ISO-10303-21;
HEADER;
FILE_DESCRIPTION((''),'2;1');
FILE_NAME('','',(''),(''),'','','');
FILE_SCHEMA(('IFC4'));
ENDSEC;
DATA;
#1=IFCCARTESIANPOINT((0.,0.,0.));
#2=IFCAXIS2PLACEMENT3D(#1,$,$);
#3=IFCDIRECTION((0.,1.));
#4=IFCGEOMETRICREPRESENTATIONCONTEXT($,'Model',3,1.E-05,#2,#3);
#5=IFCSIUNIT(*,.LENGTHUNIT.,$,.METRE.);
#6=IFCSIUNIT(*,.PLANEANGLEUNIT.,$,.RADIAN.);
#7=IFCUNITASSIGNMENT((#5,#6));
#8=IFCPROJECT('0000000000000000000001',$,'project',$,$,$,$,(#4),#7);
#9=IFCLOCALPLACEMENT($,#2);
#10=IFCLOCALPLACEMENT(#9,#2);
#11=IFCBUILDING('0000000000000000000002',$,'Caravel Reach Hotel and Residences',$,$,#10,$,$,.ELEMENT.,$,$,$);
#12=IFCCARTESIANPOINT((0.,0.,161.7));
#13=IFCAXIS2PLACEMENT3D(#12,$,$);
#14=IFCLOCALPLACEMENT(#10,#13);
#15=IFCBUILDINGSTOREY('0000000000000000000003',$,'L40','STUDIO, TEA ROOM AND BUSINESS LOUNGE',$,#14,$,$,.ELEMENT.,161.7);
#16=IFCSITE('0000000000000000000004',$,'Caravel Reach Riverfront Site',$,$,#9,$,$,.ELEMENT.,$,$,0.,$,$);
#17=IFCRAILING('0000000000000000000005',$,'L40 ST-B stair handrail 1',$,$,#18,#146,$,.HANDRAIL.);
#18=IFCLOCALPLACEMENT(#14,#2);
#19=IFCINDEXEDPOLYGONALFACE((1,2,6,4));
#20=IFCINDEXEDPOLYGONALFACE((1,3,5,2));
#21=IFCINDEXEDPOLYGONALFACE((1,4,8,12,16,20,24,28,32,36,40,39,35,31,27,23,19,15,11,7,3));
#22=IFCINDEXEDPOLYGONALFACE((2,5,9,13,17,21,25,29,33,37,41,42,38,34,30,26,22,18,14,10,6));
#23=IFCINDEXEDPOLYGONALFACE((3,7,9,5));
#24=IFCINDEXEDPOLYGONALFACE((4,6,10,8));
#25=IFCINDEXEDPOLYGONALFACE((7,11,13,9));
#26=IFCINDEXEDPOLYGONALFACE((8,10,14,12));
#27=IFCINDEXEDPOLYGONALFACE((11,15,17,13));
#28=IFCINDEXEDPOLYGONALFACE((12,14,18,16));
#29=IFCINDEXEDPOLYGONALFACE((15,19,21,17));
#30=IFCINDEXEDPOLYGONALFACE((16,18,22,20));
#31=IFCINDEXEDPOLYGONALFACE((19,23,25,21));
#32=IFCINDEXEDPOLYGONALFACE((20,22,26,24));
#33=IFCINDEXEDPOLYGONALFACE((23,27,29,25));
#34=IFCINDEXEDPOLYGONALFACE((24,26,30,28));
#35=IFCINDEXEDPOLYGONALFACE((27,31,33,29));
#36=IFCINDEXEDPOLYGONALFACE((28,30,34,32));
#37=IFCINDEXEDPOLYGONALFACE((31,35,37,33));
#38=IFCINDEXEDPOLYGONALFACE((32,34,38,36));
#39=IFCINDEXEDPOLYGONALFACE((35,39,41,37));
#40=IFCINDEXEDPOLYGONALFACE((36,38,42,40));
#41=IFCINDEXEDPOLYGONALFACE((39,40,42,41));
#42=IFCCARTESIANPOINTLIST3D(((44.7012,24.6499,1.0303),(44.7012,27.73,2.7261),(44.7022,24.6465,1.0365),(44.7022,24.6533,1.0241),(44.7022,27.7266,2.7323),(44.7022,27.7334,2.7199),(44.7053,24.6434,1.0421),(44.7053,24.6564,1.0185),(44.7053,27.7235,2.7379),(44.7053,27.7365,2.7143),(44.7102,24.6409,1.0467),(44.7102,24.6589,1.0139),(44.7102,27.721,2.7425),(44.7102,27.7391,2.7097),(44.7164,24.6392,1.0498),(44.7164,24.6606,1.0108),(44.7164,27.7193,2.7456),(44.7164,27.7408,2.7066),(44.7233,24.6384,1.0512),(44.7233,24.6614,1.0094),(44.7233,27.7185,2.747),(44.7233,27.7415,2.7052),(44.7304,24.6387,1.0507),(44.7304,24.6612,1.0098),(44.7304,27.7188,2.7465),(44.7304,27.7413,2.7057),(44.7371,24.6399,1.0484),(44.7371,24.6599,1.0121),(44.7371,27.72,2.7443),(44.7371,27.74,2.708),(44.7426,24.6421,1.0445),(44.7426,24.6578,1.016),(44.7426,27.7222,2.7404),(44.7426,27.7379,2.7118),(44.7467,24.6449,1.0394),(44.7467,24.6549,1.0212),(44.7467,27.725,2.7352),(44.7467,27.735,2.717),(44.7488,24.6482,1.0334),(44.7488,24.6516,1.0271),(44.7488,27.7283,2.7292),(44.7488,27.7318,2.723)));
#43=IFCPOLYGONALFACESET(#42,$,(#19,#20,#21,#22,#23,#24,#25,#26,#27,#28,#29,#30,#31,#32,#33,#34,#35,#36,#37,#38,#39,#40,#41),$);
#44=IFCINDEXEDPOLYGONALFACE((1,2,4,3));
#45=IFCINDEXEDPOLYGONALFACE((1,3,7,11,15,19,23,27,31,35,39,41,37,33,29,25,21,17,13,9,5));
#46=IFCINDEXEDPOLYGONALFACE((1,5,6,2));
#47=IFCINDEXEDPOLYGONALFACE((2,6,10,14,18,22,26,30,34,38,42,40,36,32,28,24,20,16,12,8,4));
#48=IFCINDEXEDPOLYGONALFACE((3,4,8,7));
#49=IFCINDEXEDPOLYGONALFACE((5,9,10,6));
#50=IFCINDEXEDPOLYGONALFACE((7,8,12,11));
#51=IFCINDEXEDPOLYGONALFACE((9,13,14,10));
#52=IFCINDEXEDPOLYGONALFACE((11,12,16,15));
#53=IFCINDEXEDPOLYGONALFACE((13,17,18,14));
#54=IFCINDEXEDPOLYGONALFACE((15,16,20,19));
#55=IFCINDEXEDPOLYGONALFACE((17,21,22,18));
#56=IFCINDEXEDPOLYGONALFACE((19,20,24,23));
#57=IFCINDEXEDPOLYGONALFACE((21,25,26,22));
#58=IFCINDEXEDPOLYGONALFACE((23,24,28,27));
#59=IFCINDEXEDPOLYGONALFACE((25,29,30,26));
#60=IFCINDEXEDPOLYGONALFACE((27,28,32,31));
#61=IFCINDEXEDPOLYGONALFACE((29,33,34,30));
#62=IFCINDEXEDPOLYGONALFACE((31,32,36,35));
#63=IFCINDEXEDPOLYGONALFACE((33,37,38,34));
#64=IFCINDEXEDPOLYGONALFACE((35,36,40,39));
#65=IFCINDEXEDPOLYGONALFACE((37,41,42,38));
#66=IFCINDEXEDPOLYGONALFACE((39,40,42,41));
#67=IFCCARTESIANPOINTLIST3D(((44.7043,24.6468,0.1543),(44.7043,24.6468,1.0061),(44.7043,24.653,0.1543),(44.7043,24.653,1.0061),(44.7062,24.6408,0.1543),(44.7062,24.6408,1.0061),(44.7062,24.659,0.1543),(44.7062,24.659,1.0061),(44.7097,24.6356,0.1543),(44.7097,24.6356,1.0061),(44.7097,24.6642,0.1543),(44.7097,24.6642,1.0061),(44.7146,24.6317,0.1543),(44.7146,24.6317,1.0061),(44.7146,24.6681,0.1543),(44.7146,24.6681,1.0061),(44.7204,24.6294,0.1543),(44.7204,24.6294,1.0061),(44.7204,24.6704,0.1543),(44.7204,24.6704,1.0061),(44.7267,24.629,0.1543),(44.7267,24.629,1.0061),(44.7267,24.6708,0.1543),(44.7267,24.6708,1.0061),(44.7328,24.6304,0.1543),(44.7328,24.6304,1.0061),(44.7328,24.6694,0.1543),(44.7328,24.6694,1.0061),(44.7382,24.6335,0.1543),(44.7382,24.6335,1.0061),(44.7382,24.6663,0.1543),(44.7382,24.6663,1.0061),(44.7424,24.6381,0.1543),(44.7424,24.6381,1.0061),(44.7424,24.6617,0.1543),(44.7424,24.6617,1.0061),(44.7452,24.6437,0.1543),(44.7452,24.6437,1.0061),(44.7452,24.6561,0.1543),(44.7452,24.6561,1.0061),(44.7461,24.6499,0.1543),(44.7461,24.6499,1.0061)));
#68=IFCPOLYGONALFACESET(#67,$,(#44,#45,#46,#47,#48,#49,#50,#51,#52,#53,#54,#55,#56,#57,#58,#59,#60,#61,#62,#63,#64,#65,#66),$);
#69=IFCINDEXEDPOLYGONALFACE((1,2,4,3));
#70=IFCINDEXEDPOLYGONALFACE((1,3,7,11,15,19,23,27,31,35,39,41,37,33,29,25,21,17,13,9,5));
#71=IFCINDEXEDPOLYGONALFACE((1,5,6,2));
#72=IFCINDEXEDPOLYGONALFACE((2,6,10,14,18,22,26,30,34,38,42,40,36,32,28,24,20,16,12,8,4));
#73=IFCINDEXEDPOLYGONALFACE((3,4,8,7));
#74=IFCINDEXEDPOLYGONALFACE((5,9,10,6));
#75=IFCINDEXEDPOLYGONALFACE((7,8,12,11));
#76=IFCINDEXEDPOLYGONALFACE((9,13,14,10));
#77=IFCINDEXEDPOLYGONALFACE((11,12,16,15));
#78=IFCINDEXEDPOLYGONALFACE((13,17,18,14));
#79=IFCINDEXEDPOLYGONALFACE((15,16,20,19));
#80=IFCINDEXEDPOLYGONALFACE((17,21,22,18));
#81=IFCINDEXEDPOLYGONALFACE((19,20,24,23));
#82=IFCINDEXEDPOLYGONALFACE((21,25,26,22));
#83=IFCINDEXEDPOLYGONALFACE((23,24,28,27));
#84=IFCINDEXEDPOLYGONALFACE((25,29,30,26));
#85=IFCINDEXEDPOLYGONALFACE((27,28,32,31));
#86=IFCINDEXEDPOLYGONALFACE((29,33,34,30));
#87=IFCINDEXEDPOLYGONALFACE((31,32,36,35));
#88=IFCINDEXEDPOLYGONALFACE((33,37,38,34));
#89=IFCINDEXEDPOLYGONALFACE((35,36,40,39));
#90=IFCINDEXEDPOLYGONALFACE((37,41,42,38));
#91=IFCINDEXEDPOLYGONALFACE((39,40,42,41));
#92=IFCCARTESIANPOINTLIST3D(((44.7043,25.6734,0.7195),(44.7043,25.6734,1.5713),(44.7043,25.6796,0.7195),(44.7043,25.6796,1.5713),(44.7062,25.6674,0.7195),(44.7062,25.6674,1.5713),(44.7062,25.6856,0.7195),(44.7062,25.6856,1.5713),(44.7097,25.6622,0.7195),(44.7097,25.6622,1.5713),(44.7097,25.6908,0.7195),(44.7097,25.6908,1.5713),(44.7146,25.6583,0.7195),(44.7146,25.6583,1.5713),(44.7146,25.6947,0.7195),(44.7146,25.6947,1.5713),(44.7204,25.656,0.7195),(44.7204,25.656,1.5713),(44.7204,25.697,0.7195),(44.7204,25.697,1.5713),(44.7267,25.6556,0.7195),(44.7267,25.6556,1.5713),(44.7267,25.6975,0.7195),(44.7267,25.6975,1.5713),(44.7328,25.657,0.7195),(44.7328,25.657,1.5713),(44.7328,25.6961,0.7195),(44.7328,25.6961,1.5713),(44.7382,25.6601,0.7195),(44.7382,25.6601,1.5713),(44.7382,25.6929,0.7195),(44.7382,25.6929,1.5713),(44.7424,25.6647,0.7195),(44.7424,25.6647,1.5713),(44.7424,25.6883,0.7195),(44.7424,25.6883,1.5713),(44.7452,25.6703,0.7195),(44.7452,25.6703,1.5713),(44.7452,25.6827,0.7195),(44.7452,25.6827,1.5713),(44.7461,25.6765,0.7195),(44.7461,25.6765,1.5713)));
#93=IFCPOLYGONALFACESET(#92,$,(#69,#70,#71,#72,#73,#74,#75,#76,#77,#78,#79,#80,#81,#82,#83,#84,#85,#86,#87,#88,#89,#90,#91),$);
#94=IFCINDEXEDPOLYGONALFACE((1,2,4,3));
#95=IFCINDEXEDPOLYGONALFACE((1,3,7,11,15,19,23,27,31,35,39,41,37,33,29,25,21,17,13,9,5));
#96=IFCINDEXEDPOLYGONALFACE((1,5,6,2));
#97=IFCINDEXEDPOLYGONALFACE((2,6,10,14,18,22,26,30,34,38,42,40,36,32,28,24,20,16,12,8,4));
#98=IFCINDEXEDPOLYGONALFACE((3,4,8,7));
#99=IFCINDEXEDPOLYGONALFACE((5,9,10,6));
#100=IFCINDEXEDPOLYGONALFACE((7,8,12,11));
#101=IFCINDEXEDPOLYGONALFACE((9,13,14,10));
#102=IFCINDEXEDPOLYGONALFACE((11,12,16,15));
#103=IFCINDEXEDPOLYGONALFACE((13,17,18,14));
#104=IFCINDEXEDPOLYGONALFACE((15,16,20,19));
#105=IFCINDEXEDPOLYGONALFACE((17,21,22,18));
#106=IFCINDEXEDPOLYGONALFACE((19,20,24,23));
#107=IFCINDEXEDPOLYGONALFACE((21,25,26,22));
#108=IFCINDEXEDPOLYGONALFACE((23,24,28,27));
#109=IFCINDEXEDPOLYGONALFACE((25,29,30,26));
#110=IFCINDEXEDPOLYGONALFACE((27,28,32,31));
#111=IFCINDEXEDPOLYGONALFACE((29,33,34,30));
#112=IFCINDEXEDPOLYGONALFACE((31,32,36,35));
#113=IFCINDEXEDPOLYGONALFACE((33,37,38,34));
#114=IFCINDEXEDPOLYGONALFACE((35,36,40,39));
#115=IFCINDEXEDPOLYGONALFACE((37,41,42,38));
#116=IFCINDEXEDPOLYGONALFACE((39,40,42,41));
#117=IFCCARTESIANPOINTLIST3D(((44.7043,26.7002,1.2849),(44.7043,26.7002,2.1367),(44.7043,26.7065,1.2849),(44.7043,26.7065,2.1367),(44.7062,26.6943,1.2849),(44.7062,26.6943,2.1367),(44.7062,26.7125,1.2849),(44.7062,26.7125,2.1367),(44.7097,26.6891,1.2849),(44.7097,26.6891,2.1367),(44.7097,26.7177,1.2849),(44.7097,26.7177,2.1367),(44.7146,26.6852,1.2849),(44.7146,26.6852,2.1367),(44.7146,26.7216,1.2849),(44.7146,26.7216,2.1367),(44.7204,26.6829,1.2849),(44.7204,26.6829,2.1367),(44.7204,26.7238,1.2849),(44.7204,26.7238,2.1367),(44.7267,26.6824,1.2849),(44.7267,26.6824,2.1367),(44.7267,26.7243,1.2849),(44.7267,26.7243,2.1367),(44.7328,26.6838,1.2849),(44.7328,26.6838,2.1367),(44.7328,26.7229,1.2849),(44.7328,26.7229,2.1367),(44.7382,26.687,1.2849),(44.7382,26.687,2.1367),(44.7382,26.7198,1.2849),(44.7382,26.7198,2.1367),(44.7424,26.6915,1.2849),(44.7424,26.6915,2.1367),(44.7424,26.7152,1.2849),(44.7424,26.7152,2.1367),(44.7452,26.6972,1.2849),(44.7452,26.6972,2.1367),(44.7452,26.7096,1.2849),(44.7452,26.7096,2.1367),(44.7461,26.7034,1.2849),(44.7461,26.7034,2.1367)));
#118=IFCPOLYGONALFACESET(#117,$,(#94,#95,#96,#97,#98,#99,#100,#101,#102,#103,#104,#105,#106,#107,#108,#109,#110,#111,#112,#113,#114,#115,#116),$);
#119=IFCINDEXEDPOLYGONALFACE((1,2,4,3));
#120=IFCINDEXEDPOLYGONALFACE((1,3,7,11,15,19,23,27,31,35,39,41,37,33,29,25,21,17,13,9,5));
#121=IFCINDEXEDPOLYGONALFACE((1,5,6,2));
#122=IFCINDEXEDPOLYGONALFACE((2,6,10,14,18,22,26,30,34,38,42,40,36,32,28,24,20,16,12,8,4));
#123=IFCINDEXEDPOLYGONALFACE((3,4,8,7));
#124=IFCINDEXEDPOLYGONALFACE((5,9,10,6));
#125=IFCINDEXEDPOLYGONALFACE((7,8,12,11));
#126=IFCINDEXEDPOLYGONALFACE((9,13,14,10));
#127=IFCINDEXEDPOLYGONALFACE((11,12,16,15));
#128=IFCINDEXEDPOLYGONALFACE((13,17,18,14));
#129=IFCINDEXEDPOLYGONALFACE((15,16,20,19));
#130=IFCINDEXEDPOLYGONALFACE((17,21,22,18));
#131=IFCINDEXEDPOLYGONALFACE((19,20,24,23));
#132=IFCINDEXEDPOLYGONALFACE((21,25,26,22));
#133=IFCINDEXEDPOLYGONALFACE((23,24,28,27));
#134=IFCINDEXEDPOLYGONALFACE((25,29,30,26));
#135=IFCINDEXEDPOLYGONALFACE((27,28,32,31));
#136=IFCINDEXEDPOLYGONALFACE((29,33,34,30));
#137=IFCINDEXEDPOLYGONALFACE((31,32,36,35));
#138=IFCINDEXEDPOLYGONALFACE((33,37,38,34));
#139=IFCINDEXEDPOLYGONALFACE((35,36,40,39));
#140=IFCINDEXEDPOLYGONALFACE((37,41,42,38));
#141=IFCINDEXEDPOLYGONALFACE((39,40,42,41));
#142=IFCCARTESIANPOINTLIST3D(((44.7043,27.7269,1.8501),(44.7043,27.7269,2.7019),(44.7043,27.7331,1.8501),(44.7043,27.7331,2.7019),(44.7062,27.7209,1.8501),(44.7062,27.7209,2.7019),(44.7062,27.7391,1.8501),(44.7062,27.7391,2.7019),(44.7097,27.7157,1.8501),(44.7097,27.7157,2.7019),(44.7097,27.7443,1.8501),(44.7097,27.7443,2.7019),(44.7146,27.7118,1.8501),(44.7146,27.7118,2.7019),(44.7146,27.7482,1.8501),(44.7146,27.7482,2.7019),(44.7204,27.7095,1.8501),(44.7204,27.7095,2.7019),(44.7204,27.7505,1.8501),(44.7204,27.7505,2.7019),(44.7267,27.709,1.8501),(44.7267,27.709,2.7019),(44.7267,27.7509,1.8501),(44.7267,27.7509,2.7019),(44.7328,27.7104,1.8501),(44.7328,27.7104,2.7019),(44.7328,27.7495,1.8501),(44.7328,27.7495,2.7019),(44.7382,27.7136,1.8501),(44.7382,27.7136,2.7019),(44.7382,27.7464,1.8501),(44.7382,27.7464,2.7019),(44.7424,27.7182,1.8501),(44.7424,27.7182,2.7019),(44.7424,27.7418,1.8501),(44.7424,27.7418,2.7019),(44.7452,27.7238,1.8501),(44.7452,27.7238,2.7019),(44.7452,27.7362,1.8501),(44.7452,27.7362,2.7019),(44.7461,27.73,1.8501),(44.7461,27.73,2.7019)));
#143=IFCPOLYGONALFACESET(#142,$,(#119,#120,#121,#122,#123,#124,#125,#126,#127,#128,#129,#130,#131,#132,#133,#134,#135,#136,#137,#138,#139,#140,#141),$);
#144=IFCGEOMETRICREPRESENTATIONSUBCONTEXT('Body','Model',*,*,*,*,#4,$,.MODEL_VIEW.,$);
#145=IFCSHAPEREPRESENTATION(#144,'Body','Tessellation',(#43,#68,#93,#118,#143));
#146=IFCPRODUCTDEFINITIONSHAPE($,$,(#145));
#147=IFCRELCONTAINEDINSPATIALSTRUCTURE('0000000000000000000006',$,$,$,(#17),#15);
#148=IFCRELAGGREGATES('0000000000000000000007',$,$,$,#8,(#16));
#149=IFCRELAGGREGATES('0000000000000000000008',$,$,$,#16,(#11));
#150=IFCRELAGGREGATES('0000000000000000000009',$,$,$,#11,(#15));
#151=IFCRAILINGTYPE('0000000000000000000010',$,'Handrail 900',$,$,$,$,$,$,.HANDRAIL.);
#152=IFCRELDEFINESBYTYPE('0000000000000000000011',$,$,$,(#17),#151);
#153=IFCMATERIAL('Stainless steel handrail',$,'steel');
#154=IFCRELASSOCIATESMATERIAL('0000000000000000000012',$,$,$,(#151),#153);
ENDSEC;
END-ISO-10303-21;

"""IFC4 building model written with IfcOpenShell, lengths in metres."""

from ifc_helpers import new_model, si_unit, direction, frame, origin, origin_2d, place, context, subcontext, project, spatial, circle, extrude, material, type_object, element, save


model = new_model("IFC4")

# Units and contexts
model_context = context("Model", 3, precision=1e-05, world=origin(), true_north=direction((0.0, 1.0)))
body_context = subcontext(model_context, "Body", "Model", "MODEL_VIEW")
ifc_project = project(units=[si_unit("LENGTHUNIT", "METRE"), si_unit("PLANEANGLEUNIT", "RADIAN")], contexts=[model_context])

# Site, building, storey
site_placement = place(None, origin())
site = spatial("IfcSite", under=ifc_project, at=site_placement, Name="Caravel Reach Riverfront Site", CompositionType="ELEMENT", RefElevation=0.0)
building_placement = place(site_placement, origin())
building = spatial("IfcBuilding", under=site, at=building_placement, Name="Caravel Reach Hotel and Residences", CompositionType="ELEMENT")
storey_placement = place(building_placement, frame((0.0, 0.0, 161.7)))
storey = spatial("IfcBuildingStorey", under=building, at=storey_placement, Name="L40", Description="STUDIO, TEA ROOM AND BUSINESS LOUNGE", CompositionType="ELEMENT", Elevation=161.7)

# Railing
ifc_material_1 = material(Name="Stainless steel handrail", Category="steel")
railing_type_1 = type_object("IfcRailingType", Name="Handrail 900", PredefinedType="HANDRAIL", material=ifc_material_1)
railing_1_placement = place(storey_placement, frame((44.7251, 24.6499, 0.1543)))
element("IfcRailing", 1, at=railing_1_placement, inside=storey, type_object=railing_type_1, Name="L40 ST-B stair handrail 1", PredefinedType="HANDRAIL", context=body_context, shape_type="SweptSolid", body=[
    extrude(circle(Radius=0.0239, at=origin_2d()), frame((0.0, 0.0, 0.876), z_axis=(0.0, 0.876005, 0.482303), x_axis=(-1.0, 0.0, 0.0)), (0.0, 0.0, 1.0), 3.5161),
    extrude(circle(Radius=0.021, at=origin_2d()), origin(), (0.0, 0.0, 1.0), 0.8518),
    extrude(circle(Radius=0.021, at=origin_2d()), frame((0.0, 1.0266, 0.5652)), (0.0, 0.0, 1.0), 0.8518),
    extrude(circle(Radius=0.021, at=origin_2d()), frame((0.0, 2.0535, 1.1306)), (0.0, 0.0, 1.0), 0.8518),
    extrude(circle(Radius=0.021, at=origin_2d()), frame((0.0, 3.0801, 1.6958)), (0.0, 0.0, 1.0), 0.8518),
])

save(model, "model.ifc")
